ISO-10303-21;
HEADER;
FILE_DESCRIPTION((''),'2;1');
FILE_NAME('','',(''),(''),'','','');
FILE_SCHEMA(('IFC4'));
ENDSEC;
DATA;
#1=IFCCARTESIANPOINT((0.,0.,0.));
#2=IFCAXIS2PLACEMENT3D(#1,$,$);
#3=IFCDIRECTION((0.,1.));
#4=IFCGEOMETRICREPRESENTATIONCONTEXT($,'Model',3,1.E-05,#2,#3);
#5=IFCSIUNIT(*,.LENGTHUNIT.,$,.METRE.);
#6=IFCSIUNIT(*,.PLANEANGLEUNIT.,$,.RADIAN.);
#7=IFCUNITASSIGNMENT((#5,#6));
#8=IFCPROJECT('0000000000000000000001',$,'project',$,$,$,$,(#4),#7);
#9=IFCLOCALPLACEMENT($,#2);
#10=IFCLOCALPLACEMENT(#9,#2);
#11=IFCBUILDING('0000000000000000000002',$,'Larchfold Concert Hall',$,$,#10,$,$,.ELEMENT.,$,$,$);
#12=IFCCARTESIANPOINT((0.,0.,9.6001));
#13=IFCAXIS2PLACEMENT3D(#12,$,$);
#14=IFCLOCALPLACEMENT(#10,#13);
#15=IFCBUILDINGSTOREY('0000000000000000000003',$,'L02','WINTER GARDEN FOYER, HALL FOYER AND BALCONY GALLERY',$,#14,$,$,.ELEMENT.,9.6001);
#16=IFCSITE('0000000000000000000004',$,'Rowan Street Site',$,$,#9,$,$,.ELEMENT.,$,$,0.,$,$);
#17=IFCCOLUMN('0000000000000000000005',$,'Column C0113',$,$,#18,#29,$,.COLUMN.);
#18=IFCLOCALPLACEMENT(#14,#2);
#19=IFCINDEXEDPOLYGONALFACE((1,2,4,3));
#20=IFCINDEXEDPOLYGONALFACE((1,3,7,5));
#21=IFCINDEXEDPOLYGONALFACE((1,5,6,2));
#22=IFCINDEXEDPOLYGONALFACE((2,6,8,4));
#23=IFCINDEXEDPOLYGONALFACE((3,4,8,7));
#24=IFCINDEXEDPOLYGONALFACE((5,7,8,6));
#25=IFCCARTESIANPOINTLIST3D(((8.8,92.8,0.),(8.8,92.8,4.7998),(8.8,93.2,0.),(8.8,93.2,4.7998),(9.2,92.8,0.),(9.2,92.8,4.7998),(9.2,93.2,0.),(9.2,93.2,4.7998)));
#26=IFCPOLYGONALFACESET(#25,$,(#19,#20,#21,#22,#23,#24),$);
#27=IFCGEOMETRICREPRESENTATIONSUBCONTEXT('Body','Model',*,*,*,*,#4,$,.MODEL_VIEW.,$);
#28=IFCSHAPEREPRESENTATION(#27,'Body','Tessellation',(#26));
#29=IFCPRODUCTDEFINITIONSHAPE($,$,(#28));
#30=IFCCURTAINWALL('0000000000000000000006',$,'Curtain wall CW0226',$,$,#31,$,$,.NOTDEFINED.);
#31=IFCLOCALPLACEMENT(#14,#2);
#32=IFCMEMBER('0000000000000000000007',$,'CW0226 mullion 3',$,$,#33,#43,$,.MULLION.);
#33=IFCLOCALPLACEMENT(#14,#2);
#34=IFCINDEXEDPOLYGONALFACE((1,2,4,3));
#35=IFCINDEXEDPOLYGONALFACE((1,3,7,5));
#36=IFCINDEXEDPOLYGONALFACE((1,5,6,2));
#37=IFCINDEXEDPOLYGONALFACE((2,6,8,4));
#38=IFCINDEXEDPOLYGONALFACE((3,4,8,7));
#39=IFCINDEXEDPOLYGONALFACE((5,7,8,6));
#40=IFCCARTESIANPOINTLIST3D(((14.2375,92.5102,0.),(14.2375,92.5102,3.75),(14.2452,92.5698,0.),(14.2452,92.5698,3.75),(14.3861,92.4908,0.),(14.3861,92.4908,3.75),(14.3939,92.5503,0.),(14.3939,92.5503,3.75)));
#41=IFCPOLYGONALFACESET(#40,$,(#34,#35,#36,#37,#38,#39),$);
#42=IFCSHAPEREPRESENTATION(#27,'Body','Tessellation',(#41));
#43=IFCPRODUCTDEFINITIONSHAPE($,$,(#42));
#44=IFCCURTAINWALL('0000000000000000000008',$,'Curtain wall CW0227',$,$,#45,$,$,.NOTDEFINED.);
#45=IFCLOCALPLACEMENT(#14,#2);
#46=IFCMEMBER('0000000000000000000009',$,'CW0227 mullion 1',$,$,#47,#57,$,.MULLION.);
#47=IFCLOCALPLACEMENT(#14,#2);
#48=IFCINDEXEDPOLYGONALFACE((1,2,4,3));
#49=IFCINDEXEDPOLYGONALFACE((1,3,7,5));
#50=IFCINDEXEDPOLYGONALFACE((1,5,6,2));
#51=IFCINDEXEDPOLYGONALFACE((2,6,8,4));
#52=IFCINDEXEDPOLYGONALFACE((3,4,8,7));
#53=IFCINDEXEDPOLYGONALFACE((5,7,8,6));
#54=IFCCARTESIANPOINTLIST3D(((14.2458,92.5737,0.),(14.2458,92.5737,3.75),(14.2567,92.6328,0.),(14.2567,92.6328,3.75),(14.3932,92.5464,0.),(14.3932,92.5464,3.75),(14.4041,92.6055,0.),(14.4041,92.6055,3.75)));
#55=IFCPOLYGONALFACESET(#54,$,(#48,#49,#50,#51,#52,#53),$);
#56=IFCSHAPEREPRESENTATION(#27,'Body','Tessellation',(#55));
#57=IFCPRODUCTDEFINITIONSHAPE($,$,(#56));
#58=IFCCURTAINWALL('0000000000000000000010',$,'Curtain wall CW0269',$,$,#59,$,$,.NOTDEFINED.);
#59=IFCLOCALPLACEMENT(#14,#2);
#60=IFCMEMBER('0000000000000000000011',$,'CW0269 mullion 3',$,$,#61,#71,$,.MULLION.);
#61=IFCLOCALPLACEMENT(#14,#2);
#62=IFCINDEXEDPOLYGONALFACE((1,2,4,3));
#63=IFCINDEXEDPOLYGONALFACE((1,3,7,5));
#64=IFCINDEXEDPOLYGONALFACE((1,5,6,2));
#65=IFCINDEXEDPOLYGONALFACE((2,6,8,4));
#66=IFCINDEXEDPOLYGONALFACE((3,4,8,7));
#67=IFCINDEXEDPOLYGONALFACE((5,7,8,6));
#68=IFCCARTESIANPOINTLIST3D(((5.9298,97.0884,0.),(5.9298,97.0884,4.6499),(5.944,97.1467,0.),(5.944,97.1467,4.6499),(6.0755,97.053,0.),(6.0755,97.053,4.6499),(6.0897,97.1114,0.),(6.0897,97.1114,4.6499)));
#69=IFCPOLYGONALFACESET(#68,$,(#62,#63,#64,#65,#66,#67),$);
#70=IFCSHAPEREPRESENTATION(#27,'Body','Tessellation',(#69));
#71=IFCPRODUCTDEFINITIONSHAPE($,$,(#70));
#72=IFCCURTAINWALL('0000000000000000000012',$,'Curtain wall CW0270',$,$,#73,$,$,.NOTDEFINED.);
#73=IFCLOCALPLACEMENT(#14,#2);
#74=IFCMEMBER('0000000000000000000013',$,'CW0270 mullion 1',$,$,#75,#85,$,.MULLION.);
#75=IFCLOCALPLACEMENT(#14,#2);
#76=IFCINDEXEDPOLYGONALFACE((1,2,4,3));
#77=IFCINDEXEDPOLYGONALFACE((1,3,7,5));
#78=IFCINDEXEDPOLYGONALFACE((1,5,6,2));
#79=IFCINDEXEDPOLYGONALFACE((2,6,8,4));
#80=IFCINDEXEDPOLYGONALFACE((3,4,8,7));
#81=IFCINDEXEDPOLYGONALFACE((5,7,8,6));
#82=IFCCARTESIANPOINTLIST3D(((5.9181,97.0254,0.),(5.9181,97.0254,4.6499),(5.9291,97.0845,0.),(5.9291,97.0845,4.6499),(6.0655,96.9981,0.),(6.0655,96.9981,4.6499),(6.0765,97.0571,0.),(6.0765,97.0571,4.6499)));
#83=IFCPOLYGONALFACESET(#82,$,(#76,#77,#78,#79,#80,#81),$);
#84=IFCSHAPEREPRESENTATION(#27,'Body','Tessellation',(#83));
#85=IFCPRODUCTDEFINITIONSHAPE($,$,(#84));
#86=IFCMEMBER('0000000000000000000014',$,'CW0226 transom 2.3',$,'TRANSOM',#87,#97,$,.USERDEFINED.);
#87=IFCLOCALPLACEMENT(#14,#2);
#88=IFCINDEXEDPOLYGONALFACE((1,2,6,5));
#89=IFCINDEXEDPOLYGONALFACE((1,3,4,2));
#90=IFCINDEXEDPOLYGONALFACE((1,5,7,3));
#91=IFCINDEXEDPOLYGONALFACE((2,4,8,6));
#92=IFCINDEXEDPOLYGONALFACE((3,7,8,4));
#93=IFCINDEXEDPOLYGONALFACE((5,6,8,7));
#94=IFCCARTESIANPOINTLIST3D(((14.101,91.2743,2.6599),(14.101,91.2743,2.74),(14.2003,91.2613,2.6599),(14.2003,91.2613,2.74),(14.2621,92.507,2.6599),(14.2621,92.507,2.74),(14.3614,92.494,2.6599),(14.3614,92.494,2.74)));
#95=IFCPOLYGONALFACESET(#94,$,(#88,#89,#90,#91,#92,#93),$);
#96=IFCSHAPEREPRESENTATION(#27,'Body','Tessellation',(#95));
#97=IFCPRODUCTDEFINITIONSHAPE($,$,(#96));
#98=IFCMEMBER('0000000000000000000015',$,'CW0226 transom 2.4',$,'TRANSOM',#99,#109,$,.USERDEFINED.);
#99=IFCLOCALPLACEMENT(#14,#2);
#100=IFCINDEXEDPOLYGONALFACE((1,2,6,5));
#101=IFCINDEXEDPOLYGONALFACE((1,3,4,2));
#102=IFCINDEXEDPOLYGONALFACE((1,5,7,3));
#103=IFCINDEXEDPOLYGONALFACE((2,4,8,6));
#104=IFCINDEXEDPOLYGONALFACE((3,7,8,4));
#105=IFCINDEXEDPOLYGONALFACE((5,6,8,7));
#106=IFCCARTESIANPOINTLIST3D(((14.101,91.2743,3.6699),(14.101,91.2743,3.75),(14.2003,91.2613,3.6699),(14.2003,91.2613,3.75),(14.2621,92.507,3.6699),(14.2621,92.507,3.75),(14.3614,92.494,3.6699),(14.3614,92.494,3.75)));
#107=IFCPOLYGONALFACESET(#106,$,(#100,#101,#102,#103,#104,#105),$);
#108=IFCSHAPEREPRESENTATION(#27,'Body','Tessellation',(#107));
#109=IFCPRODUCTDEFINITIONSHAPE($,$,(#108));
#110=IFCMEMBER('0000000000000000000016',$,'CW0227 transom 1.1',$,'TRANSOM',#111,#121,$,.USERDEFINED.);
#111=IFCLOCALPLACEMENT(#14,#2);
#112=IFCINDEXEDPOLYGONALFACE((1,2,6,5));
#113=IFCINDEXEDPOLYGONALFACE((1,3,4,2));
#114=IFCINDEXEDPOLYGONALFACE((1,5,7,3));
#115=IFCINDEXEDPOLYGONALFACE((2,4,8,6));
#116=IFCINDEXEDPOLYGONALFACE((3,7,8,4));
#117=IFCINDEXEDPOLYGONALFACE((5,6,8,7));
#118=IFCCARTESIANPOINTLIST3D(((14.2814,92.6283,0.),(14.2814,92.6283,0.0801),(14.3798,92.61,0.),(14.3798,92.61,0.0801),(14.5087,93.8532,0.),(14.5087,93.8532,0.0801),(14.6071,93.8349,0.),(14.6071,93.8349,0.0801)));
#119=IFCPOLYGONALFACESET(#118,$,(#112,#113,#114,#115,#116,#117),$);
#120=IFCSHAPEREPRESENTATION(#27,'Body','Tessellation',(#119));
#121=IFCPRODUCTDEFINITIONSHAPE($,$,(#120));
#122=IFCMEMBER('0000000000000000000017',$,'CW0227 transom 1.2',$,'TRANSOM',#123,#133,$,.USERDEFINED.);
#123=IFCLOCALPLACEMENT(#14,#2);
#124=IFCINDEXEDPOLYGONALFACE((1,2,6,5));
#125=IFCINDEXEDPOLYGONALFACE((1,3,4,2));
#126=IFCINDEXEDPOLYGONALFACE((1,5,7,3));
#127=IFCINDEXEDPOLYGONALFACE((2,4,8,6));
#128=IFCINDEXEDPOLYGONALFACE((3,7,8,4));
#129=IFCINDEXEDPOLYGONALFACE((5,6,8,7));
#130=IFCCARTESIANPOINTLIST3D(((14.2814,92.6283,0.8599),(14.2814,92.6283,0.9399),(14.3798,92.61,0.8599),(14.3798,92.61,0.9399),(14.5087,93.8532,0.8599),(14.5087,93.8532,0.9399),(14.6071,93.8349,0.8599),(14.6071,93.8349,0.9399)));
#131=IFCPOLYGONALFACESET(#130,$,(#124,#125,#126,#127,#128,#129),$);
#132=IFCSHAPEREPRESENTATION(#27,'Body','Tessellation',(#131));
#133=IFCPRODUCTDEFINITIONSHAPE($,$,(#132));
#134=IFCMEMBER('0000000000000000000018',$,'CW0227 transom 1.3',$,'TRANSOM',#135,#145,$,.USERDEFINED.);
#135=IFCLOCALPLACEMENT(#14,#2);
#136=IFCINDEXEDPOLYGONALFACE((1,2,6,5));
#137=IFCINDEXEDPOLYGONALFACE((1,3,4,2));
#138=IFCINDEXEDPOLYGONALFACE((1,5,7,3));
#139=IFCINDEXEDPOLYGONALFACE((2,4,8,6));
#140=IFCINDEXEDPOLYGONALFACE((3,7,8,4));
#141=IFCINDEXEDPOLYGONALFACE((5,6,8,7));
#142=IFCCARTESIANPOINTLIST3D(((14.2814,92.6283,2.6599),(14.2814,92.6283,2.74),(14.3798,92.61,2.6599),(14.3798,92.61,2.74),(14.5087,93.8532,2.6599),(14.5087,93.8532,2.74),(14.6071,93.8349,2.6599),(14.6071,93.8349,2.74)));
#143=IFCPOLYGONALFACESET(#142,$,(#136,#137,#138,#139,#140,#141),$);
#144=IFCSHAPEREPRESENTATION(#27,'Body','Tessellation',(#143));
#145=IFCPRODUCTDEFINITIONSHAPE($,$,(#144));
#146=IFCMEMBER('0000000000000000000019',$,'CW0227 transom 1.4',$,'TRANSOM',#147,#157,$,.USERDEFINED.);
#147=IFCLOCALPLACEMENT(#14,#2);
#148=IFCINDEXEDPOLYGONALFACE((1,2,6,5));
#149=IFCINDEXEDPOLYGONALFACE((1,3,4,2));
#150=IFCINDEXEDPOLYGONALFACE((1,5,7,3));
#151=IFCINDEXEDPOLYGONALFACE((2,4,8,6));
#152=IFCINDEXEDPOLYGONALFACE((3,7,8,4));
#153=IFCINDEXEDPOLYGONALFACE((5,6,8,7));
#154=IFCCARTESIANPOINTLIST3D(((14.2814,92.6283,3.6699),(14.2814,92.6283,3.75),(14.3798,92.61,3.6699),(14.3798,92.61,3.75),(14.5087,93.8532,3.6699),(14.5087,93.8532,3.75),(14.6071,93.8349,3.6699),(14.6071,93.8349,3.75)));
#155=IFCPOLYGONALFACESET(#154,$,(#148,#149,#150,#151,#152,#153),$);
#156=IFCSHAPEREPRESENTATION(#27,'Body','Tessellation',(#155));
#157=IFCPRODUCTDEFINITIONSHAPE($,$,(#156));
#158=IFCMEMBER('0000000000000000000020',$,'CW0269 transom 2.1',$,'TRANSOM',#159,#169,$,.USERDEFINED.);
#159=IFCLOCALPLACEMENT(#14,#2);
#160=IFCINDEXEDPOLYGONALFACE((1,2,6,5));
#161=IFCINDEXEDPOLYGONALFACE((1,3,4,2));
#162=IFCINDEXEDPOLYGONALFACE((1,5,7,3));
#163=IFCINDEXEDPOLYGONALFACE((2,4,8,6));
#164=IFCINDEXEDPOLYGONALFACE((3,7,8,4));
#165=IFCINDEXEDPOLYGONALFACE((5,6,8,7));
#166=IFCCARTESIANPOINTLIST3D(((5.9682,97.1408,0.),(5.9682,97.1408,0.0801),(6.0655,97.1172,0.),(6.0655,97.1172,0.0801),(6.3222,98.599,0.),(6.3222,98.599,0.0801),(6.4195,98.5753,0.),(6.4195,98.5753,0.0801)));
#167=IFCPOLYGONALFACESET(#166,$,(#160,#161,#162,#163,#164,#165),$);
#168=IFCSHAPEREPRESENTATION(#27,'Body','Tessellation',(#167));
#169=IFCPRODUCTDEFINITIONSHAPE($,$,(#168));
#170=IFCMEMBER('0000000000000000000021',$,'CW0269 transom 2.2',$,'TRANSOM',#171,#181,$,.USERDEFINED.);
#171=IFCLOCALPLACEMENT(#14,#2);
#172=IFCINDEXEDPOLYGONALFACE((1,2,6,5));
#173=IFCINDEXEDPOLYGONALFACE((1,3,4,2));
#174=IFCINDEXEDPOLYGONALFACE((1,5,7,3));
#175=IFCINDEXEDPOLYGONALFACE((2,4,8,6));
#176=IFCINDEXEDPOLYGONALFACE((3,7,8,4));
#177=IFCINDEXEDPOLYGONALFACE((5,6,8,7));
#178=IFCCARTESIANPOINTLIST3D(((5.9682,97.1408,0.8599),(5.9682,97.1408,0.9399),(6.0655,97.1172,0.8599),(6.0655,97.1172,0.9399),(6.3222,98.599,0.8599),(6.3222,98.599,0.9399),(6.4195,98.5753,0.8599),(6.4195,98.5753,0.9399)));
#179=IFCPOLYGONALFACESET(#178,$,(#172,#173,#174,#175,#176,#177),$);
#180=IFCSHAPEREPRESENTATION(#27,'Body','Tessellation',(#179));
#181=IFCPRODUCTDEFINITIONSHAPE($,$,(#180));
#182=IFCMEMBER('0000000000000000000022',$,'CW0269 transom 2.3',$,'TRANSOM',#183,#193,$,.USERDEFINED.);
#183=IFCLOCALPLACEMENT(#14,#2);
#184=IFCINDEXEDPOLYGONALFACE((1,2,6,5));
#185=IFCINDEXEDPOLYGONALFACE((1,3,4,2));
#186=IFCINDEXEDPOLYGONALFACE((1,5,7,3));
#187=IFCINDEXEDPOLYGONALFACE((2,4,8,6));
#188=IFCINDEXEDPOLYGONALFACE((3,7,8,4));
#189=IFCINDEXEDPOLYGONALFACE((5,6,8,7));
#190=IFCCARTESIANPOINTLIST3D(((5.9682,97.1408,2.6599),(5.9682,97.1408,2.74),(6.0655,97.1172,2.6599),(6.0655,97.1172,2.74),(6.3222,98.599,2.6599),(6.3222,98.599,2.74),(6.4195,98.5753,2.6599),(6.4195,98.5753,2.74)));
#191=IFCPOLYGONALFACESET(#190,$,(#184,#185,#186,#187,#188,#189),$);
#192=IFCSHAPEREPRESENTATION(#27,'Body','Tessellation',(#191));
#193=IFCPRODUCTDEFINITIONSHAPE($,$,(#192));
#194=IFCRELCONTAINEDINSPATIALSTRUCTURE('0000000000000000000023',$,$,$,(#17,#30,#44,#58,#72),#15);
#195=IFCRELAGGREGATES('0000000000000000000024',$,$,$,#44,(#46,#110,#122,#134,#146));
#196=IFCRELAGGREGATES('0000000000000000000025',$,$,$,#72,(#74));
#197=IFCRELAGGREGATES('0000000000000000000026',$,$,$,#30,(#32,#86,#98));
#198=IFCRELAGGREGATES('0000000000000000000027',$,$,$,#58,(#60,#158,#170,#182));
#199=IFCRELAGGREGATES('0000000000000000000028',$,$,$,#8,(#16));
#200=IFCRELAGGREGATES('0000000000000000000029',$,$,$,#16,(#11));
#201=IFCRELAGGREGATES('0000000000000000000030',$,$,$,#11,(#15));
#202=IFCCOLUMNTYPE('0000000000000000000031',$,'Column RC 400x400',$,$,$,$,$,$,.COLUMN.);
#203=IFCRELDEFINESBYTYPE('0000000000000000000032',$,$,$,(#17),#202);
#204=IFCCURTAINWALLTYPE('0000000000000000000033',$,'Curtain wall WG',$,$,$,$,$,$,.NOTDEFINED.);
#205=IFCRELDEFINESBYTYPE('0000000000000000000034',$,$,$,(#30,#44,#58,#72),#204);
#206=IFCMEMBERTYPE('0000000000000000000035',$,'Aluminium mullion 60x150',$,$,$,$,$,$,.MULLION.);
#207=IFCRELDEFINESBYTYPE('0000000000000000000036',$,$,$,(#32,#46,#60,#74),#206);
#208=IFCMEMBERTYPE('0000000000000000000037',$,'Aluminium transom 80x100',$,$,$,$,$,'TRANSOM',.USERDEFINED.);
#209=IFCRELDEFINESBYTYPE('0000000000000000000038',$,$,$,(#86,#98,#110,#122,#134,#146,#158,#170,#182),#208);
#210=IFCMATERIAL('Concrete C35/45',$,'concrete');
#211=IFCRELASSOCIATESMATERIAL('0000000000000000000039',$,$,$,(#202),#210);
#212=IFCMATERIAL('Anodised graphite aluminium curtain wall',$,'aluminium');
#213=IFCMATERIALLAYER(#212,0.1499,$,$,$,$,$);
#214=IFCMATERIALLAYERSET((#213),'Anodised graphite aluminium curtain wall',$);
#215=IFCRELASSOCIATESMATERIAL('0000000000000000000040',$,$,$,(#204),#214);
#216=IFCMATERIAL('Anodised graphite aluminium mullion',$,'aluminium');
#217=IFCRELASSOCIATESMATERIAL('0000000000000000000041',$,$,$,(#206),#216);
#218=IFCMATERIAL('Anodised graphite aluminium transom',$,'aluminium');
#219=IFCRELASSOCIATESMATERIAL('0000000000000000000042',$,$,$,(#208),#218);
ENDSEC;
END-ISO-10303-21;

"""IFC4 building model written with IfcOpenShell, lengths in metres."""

from ifc_helpers import new_model, si_unit, direction, frame, origin, origin_2d, place, context, subcontext, project, spatial, rectangle, extrude, material, layer, layer_set, material_profile, profile_set, type_object, element, aggregate, save


model = new_model("IFC4")

# Units and contexts
model_context = context("Model", 3, precision=1e-05, world=origin(), true_north=direction((0.0, 1.0)))
body_context = subcontext(model_context, "Body", "Model", "MODEL_VIEW")
ifc_project = project(units=[si_unit("LENGTHUNIT", "METRE"), si_unit("PLANEANGLEUNIT", "RADIAN")], contexts=[model_context])

# Site, building, storey
site_placement = place(None, origin())
site = spatial("IfcSite", under=ifc_project, at=site_placement, Name="Rowan Street Site", CompositionType="ELEMENT", RefElevation=0.0)
building_placement = place(site_placement, origin())
building = spatial("IfcBuilding", under=site, at=building_placement, Name="Larchfold Concert Hall", CompositionType="ELEMENT")
storey_placement = place(building_placement, frame((0.0, 0.0, 9.6001)))
storey = spatial("IfcBuildingStorey", under=building, at=storey_placement, Name="L02", Description="WINTER GARDEN FOYER, HALL FOYER AND BALCONY GALLERY", CompositionType="ELEMENT", Elevation=9.6001)

# Column
ifc_material_1 = material(Name="Concrete C35/45", Category="concrete")
ifc_material_profile_1 = material_profile(ifc_material_1, rectangle(XDim=0.3999, YDim=0.3999, at=origin_2d()))
ifc_profile_set_1 = profile_set([ifc_material_profile_1], Name="Concrete C35/45")
column_type = type_object("IfcColumnType", Name="Column RC 400x400", PredefinedType="COLUMN", material=ifc_profile_set_1)
column_placement = place(storey_placement, frame((9.0, 93.0, 0.0), z_axis=(0.0, 0.0, 1.0), x_axis=(1.0, 0.0, 0.0)))
element("IfcColumn", 1, at=column_placement, inside=storey, type_object=column_type, Name="Column C0113", PredefinedType="COLUMN", context=body_context, shape_type="SweptSolid", body=[
    extrude(rectangle(XDim=0.3999, YDim=0.3999, at=origin_2d()), origin(), (0.0, 0.0, 1.0), 4.7998),
])

# Curtain walls, members
ifc_material_2 = material(Name="Anodised graphite aluminium curtain wall", Category="aluminium")
ifc_layer_1 = layer(ifc_material_2, 0.1499)
ifc_layer_set_1 = layer_set([ifc_layer_1], Name="Anodised graphite aluminium curtain wall")
curtain_wall_type = type_object("IfcCurtainWallType", Name="Curtain wall WG", PredefinedType="NOTDEFINED", material=ifc_layer_set_1)
curtain_wall_1_placement = place(storey_placement, origin())
curtain_wall_1 = element("IfcCurtainWall", 2, at=curtain_wall_1_placement, inside=storey, type_object=curtain_wall_type, Name="Curtain wall CW0226", PredefinedType="NOTDEFINED")
ifc_material_3 = material(Name="Anodised graphite aluminium mullion", Category="aluminium")
ifc_material_profile_2 = material_profile(ifc_material_3, rectangle(XDim=0.1499, YDim=0.0601, at=origin_2d()))
ifc_profile_set_2 = profile_set([ifc_material_profile_2], Name="Anodised graphite aluminium mullion")
member_type_1 = type_object("IfcMemberType", Name="Aluminium mullion 60x150", PredefinedType="MULLION", material=ifc_profile_set_2)
member_1_placement = place(storey_placement, frame((14.3157, 92.5303, 0.0), z_axis=(0.0, 0.0, 1.0), x_axis=(-0.991561, 0.129644, 0.0)))
member_1 = element("IfcMember", 3, at=member_1_placement, type_object=member_type_1, Name="CW0226 mullion 3", PredefinedType="MULLION", context=body_context, shape_type="SweptSolid", body=[
    extrude(rectangle(XDim=0.1499, YDim=0.0601, at=origin_2d()), origin(), (0.0, 0.0, 1.0), 3.75),
])
curtain_wall_2_placement = place(storey_placement, origin())
curtain_wall_2 = element("IfcCurtainWall", 4, at=curtain_wall_2_placement, inside=storey, type_object=curtain_wall_type, Name="Curtain wall CW0227", PredefinedType="NOTDEFINED")
member_2_placement = place(storey_placement, frame((14.325, 92.5896, 0.0), z_axis=(0.0, 0.0, 1.0), x_axis=(-0.983226, 0.18239, 0.0)))
member_2 = element("IfcMember", 5, at=member_2_placement, type_object=member_type_1, Name="CW0227 mullion 1", PredefinedType="MULLION", context=body_context, shape_type="SweptSolid", body=[
    extrude(rectangle(XDim=0.1499, YDim=0.0601, at=origin_2d()), origin(), (0.0, 0.0, 1.0), 3.75),
])
curtain_wall_3_placement = place(storey_placement, origin())
curtain_wall_3 = element("IfcCurtainWall", 6, at=curtain_wall_3_placement, inside=storey, type_object=curtain_wall_type, Name="Curtain wall CW0269", PredefinedType="NOTDEFINED")
member_3_placement = place(storey_placement, frame((6.0098, 97.0999, 0.0), z_axis=(0.0, 0.0, 1.0), x_axis=(0.971768, -0.235938, 0.0)))
member_3 = element("IfcMember", 7, at=member_3_placement, type_object=member_type_1, Name="CW0269 mullion 3", PredefinedType="MULLION", context=body_context, shape_type="SweptSolid", body=[
    extrude(rectangle(XDim=0.1499, YDim=0.0601, at=origin_2d()), origin(), (0.0, 0.0, 1.0), 4.6499),
])
curtain_wall_4_placement = place(storey_placement, origin())
curtain_wall_4 = element("IfcCurtainWall", 8, at=curtain_wall_4_placement, inside=storey, type_object=curtain_wall_type, Name="Curtain wall CW0270", PredefinedType="NOTDEFINED")
member_4_placement = place(storey_placement, frame((5.9973, 97.0413, 0.0), z_axis=(0.0, 0.0, 1.0), x_axis=(0.983234, -0.182347, 0.0)))
member_4 = element("IfcMember", 9, at=member_4_placement, type_object=member_type_1, Name="CW0270 mullion 1", PredefinedType="MULLION", context=body_context, shape_type="SweptSolid", body=[
    extrude(rectangle(XDim=0.1499, YDim=0.0601, at=origin_2d()), origin(), (0.0, 0.0, 1.0), 4.6499),
])

# Members
ifc_material_4 = material(Name="Anodised graphite aluminium transom", Category="aluminium")
ifc_material_profile_3 = material_profile(ifc_material_4, rectangle(XDim=0.1001, YDim=0.0801, at=origin_2d()))
ifc_profile_set_3 = profile_set([ifc_material_profile_3], Name="Anodised graphite aluminium transom")
member_type_2 = type_object("IfcMemberType", Name="Aluminium transom 80x100", ElementType="TRANSOM", PredefinedType="USERDEFINED", material=ifc_profile_set_3)
member_5_placement = place(storey_placement, frame((14.1506, 91.2678, 2.7), z_axis=(0.129616, 0.991564, 0.0), x_axis=(-0.991564, 0.129616, 0.0)))
member_5 = element("IfcMember", 10, at=member_5_placement, type_object=member_type_2, Name="CW0226 transom 2.3", ObjectType="TRANSOM", PredefinedType="USERDEFINED", context=body_context, shape_type="SweptSolid", body=[
    extrude(rectangle(XDim=0.1001, YDim=0.0801, at=origin_2d()), origin(), (0.0, 0.0, 1.0), 1.2432),
])
member_6_placement = place(storey_placement, frame((14.1506, 91.2678, 3.71), z_axis=(0.129616, 0.991564, 0.0), x_axis=(-0.991564, 0.129616, 0.0)))
member_6 = element("IfcMember", 11, at=member_6_placement, type_object=member_type_2, Name="CW0226 transom 2.4", ObjectType="TRANSOM", PredefinedType="USERDEFINED", context=body_context, shape_type="SweptSolid", body=[
    extrude(rectangle(XDim=0.1001, YDim=0.0801, at=origin_2d()), origin(), (0.0, 0.0, 1.0), 1.2432),
])
member_7_placement = place(storey_placement, frame((14.3306, 92.6191, 0.04), z_axis=(0.182454, 0.983214, 0.0), x_axis=(-0.983214, 0.182454, 0.0)))
member_7 = element("IfcMember", 12, at=member_7_placement, type_object=member_type_2, Name="CW0227 transom 1.1", ObjectType="TRANSOM", PredefinedType="USERDEFINED", context=body_context, shape_type="SweptSolid", body=[
    extrude(rectangle(XDim=0.1001, YDim=0.0801, at=origin_2d()), origin(), (0.0, 0.0, 1.0), 1.2458),
])
member_8_placement = place(storey_placement, frame((14.3306, 92.6191, 0.8999), z_axis=(0.182454, 0.983214, 0.0), x_axis=(-0.983214, 0.182454, 0.0)))
member_8 = element("IfcMember", 13, at=member_8_placement, type_object=member_type_2, Name="CW0227 transom 1.2", ObjectType="TRANSOM", PredefinedType="USERDEFINED", context=body_context, shape_type="SweptSolid", body=[
    extrude(rectangle(XDim=0.1001, YDim=0.0801, at=origin_2d()), origin(), (0.0, 0.0, 1.0), 1.2458),
])
member_9_placement = place(storey_placement, frame((14.3306, 92.6191, 2.7), z_axis=(0.182454, 0.983214, 0.0), x_axis=(-0.983214, 0.182454, 0.0)))
member_9 = element("IfcMember", 14, at=member_9_placement, type_object=member_type_2, Name="CW0227 transom 1.3", ObjectType="TRANSOM", PredefinedType="USERDEFINED", context=body_context, shape_type="SweptSolid", body=[
    extrude(rectangle(XDim=0.1001, YDim=0.0801, at=origin_2d()), origin(), (0.0, 0.0, 1.0), 1.2458),
])
member_10_placement = place(storey_placement, frame((14.3306, 92.6191, 3.71), z_axis=(0.182454, 0.983214, 0.0), x_axis=(-0.983214, 0.182454, 0.0)))
member_10 = element("IfcMember", 15, at=member_10_placement, type_object=member_type_2, Name="CW0227 transom 1.4", ObjectType="TRANSOM", PredefinedType="USERDEFINED", context=body_context, shape_type="SweptSolid", body=[
    extrude(rectangle(XDim=0.1001, YDim=0.0801, at=origin_2d()), origin(), (0.0, 0.0, 1.0), 1.2458),
])
aggregate(curtain_wall_2, [member_2, member_7, member_8, member_9, member_10])
member_11_placement = place(storey_placement, frame((6.3708, 98.5872, 0.04), z_axis=(-0.235945, -0.971766, 0.0), x_axis=(0.971766, -0.235945, 0.0)))
member_11 = element("IfcMember", 16, at=member_11_placement, type_object=member_type_2, Name="CW0269 transom 2.1", ObjectType="TRANSOM", PredefinedType="USERDEFINED", context=body_context, shape_type="SweptSolid", body=[
    extrude(rectangle(XDim=0.1001, YDim=0.0801, at=origin_2d()), origin(), (0.0, 0.0, 1.0), 1.5005),
])
member_12_placement = place(storey_placement, frame((6.3708, 98.5872, 0.8999), z_axis=(-0.235945, -0.971766, 0.0), x_axis=(0.971766, -0.235945, 0.0)))
member_12 = element("IfcMember", 17, at=member_12_placement, type_object=member_type_2, Name="CW0269 transom 2.2", ObjectType="TRANSOM", PredefinedType="USERDEFINED", context=body_context, shape_type="SweptSolid", body=[
    extrude(rectangle(XDim=0.1001, YDim=0.0801, at=origin_2d()), origin(), (0.0, 0.0, 1.0), 1.5005),
])
member_13_placement = place(storey_placement, frame((6.3708, 98.5872, 2.7), z_axis=(-0.235945, -0.971766, 0.0), x_axis=(0.971766, -0.235945, 0.0)))
member_13 = element("IfcMember", 18, at=member_13_placement, type_object=member_type_2, Name="CW0269 transom 2.3", ObjectType="TRANSOM", PredefinedType="USERDEFINED", context=body_context, shape_type="SweptSolid", body=[
    extrude(rectangle(XDim=0.1001, YDim=0.0801, at=origin_2d()), origin(), (0.0, 0.0, 1.0), 1.5005),
])

aggregate(curtain_wall_4, [member_4])
aggregate(curtain_wall_1, [member_1, member_5, member_6])
aggregate(curtain_wall_3, [member_3, member_11, member_12, member_13])

save(model, "model.ifc")
